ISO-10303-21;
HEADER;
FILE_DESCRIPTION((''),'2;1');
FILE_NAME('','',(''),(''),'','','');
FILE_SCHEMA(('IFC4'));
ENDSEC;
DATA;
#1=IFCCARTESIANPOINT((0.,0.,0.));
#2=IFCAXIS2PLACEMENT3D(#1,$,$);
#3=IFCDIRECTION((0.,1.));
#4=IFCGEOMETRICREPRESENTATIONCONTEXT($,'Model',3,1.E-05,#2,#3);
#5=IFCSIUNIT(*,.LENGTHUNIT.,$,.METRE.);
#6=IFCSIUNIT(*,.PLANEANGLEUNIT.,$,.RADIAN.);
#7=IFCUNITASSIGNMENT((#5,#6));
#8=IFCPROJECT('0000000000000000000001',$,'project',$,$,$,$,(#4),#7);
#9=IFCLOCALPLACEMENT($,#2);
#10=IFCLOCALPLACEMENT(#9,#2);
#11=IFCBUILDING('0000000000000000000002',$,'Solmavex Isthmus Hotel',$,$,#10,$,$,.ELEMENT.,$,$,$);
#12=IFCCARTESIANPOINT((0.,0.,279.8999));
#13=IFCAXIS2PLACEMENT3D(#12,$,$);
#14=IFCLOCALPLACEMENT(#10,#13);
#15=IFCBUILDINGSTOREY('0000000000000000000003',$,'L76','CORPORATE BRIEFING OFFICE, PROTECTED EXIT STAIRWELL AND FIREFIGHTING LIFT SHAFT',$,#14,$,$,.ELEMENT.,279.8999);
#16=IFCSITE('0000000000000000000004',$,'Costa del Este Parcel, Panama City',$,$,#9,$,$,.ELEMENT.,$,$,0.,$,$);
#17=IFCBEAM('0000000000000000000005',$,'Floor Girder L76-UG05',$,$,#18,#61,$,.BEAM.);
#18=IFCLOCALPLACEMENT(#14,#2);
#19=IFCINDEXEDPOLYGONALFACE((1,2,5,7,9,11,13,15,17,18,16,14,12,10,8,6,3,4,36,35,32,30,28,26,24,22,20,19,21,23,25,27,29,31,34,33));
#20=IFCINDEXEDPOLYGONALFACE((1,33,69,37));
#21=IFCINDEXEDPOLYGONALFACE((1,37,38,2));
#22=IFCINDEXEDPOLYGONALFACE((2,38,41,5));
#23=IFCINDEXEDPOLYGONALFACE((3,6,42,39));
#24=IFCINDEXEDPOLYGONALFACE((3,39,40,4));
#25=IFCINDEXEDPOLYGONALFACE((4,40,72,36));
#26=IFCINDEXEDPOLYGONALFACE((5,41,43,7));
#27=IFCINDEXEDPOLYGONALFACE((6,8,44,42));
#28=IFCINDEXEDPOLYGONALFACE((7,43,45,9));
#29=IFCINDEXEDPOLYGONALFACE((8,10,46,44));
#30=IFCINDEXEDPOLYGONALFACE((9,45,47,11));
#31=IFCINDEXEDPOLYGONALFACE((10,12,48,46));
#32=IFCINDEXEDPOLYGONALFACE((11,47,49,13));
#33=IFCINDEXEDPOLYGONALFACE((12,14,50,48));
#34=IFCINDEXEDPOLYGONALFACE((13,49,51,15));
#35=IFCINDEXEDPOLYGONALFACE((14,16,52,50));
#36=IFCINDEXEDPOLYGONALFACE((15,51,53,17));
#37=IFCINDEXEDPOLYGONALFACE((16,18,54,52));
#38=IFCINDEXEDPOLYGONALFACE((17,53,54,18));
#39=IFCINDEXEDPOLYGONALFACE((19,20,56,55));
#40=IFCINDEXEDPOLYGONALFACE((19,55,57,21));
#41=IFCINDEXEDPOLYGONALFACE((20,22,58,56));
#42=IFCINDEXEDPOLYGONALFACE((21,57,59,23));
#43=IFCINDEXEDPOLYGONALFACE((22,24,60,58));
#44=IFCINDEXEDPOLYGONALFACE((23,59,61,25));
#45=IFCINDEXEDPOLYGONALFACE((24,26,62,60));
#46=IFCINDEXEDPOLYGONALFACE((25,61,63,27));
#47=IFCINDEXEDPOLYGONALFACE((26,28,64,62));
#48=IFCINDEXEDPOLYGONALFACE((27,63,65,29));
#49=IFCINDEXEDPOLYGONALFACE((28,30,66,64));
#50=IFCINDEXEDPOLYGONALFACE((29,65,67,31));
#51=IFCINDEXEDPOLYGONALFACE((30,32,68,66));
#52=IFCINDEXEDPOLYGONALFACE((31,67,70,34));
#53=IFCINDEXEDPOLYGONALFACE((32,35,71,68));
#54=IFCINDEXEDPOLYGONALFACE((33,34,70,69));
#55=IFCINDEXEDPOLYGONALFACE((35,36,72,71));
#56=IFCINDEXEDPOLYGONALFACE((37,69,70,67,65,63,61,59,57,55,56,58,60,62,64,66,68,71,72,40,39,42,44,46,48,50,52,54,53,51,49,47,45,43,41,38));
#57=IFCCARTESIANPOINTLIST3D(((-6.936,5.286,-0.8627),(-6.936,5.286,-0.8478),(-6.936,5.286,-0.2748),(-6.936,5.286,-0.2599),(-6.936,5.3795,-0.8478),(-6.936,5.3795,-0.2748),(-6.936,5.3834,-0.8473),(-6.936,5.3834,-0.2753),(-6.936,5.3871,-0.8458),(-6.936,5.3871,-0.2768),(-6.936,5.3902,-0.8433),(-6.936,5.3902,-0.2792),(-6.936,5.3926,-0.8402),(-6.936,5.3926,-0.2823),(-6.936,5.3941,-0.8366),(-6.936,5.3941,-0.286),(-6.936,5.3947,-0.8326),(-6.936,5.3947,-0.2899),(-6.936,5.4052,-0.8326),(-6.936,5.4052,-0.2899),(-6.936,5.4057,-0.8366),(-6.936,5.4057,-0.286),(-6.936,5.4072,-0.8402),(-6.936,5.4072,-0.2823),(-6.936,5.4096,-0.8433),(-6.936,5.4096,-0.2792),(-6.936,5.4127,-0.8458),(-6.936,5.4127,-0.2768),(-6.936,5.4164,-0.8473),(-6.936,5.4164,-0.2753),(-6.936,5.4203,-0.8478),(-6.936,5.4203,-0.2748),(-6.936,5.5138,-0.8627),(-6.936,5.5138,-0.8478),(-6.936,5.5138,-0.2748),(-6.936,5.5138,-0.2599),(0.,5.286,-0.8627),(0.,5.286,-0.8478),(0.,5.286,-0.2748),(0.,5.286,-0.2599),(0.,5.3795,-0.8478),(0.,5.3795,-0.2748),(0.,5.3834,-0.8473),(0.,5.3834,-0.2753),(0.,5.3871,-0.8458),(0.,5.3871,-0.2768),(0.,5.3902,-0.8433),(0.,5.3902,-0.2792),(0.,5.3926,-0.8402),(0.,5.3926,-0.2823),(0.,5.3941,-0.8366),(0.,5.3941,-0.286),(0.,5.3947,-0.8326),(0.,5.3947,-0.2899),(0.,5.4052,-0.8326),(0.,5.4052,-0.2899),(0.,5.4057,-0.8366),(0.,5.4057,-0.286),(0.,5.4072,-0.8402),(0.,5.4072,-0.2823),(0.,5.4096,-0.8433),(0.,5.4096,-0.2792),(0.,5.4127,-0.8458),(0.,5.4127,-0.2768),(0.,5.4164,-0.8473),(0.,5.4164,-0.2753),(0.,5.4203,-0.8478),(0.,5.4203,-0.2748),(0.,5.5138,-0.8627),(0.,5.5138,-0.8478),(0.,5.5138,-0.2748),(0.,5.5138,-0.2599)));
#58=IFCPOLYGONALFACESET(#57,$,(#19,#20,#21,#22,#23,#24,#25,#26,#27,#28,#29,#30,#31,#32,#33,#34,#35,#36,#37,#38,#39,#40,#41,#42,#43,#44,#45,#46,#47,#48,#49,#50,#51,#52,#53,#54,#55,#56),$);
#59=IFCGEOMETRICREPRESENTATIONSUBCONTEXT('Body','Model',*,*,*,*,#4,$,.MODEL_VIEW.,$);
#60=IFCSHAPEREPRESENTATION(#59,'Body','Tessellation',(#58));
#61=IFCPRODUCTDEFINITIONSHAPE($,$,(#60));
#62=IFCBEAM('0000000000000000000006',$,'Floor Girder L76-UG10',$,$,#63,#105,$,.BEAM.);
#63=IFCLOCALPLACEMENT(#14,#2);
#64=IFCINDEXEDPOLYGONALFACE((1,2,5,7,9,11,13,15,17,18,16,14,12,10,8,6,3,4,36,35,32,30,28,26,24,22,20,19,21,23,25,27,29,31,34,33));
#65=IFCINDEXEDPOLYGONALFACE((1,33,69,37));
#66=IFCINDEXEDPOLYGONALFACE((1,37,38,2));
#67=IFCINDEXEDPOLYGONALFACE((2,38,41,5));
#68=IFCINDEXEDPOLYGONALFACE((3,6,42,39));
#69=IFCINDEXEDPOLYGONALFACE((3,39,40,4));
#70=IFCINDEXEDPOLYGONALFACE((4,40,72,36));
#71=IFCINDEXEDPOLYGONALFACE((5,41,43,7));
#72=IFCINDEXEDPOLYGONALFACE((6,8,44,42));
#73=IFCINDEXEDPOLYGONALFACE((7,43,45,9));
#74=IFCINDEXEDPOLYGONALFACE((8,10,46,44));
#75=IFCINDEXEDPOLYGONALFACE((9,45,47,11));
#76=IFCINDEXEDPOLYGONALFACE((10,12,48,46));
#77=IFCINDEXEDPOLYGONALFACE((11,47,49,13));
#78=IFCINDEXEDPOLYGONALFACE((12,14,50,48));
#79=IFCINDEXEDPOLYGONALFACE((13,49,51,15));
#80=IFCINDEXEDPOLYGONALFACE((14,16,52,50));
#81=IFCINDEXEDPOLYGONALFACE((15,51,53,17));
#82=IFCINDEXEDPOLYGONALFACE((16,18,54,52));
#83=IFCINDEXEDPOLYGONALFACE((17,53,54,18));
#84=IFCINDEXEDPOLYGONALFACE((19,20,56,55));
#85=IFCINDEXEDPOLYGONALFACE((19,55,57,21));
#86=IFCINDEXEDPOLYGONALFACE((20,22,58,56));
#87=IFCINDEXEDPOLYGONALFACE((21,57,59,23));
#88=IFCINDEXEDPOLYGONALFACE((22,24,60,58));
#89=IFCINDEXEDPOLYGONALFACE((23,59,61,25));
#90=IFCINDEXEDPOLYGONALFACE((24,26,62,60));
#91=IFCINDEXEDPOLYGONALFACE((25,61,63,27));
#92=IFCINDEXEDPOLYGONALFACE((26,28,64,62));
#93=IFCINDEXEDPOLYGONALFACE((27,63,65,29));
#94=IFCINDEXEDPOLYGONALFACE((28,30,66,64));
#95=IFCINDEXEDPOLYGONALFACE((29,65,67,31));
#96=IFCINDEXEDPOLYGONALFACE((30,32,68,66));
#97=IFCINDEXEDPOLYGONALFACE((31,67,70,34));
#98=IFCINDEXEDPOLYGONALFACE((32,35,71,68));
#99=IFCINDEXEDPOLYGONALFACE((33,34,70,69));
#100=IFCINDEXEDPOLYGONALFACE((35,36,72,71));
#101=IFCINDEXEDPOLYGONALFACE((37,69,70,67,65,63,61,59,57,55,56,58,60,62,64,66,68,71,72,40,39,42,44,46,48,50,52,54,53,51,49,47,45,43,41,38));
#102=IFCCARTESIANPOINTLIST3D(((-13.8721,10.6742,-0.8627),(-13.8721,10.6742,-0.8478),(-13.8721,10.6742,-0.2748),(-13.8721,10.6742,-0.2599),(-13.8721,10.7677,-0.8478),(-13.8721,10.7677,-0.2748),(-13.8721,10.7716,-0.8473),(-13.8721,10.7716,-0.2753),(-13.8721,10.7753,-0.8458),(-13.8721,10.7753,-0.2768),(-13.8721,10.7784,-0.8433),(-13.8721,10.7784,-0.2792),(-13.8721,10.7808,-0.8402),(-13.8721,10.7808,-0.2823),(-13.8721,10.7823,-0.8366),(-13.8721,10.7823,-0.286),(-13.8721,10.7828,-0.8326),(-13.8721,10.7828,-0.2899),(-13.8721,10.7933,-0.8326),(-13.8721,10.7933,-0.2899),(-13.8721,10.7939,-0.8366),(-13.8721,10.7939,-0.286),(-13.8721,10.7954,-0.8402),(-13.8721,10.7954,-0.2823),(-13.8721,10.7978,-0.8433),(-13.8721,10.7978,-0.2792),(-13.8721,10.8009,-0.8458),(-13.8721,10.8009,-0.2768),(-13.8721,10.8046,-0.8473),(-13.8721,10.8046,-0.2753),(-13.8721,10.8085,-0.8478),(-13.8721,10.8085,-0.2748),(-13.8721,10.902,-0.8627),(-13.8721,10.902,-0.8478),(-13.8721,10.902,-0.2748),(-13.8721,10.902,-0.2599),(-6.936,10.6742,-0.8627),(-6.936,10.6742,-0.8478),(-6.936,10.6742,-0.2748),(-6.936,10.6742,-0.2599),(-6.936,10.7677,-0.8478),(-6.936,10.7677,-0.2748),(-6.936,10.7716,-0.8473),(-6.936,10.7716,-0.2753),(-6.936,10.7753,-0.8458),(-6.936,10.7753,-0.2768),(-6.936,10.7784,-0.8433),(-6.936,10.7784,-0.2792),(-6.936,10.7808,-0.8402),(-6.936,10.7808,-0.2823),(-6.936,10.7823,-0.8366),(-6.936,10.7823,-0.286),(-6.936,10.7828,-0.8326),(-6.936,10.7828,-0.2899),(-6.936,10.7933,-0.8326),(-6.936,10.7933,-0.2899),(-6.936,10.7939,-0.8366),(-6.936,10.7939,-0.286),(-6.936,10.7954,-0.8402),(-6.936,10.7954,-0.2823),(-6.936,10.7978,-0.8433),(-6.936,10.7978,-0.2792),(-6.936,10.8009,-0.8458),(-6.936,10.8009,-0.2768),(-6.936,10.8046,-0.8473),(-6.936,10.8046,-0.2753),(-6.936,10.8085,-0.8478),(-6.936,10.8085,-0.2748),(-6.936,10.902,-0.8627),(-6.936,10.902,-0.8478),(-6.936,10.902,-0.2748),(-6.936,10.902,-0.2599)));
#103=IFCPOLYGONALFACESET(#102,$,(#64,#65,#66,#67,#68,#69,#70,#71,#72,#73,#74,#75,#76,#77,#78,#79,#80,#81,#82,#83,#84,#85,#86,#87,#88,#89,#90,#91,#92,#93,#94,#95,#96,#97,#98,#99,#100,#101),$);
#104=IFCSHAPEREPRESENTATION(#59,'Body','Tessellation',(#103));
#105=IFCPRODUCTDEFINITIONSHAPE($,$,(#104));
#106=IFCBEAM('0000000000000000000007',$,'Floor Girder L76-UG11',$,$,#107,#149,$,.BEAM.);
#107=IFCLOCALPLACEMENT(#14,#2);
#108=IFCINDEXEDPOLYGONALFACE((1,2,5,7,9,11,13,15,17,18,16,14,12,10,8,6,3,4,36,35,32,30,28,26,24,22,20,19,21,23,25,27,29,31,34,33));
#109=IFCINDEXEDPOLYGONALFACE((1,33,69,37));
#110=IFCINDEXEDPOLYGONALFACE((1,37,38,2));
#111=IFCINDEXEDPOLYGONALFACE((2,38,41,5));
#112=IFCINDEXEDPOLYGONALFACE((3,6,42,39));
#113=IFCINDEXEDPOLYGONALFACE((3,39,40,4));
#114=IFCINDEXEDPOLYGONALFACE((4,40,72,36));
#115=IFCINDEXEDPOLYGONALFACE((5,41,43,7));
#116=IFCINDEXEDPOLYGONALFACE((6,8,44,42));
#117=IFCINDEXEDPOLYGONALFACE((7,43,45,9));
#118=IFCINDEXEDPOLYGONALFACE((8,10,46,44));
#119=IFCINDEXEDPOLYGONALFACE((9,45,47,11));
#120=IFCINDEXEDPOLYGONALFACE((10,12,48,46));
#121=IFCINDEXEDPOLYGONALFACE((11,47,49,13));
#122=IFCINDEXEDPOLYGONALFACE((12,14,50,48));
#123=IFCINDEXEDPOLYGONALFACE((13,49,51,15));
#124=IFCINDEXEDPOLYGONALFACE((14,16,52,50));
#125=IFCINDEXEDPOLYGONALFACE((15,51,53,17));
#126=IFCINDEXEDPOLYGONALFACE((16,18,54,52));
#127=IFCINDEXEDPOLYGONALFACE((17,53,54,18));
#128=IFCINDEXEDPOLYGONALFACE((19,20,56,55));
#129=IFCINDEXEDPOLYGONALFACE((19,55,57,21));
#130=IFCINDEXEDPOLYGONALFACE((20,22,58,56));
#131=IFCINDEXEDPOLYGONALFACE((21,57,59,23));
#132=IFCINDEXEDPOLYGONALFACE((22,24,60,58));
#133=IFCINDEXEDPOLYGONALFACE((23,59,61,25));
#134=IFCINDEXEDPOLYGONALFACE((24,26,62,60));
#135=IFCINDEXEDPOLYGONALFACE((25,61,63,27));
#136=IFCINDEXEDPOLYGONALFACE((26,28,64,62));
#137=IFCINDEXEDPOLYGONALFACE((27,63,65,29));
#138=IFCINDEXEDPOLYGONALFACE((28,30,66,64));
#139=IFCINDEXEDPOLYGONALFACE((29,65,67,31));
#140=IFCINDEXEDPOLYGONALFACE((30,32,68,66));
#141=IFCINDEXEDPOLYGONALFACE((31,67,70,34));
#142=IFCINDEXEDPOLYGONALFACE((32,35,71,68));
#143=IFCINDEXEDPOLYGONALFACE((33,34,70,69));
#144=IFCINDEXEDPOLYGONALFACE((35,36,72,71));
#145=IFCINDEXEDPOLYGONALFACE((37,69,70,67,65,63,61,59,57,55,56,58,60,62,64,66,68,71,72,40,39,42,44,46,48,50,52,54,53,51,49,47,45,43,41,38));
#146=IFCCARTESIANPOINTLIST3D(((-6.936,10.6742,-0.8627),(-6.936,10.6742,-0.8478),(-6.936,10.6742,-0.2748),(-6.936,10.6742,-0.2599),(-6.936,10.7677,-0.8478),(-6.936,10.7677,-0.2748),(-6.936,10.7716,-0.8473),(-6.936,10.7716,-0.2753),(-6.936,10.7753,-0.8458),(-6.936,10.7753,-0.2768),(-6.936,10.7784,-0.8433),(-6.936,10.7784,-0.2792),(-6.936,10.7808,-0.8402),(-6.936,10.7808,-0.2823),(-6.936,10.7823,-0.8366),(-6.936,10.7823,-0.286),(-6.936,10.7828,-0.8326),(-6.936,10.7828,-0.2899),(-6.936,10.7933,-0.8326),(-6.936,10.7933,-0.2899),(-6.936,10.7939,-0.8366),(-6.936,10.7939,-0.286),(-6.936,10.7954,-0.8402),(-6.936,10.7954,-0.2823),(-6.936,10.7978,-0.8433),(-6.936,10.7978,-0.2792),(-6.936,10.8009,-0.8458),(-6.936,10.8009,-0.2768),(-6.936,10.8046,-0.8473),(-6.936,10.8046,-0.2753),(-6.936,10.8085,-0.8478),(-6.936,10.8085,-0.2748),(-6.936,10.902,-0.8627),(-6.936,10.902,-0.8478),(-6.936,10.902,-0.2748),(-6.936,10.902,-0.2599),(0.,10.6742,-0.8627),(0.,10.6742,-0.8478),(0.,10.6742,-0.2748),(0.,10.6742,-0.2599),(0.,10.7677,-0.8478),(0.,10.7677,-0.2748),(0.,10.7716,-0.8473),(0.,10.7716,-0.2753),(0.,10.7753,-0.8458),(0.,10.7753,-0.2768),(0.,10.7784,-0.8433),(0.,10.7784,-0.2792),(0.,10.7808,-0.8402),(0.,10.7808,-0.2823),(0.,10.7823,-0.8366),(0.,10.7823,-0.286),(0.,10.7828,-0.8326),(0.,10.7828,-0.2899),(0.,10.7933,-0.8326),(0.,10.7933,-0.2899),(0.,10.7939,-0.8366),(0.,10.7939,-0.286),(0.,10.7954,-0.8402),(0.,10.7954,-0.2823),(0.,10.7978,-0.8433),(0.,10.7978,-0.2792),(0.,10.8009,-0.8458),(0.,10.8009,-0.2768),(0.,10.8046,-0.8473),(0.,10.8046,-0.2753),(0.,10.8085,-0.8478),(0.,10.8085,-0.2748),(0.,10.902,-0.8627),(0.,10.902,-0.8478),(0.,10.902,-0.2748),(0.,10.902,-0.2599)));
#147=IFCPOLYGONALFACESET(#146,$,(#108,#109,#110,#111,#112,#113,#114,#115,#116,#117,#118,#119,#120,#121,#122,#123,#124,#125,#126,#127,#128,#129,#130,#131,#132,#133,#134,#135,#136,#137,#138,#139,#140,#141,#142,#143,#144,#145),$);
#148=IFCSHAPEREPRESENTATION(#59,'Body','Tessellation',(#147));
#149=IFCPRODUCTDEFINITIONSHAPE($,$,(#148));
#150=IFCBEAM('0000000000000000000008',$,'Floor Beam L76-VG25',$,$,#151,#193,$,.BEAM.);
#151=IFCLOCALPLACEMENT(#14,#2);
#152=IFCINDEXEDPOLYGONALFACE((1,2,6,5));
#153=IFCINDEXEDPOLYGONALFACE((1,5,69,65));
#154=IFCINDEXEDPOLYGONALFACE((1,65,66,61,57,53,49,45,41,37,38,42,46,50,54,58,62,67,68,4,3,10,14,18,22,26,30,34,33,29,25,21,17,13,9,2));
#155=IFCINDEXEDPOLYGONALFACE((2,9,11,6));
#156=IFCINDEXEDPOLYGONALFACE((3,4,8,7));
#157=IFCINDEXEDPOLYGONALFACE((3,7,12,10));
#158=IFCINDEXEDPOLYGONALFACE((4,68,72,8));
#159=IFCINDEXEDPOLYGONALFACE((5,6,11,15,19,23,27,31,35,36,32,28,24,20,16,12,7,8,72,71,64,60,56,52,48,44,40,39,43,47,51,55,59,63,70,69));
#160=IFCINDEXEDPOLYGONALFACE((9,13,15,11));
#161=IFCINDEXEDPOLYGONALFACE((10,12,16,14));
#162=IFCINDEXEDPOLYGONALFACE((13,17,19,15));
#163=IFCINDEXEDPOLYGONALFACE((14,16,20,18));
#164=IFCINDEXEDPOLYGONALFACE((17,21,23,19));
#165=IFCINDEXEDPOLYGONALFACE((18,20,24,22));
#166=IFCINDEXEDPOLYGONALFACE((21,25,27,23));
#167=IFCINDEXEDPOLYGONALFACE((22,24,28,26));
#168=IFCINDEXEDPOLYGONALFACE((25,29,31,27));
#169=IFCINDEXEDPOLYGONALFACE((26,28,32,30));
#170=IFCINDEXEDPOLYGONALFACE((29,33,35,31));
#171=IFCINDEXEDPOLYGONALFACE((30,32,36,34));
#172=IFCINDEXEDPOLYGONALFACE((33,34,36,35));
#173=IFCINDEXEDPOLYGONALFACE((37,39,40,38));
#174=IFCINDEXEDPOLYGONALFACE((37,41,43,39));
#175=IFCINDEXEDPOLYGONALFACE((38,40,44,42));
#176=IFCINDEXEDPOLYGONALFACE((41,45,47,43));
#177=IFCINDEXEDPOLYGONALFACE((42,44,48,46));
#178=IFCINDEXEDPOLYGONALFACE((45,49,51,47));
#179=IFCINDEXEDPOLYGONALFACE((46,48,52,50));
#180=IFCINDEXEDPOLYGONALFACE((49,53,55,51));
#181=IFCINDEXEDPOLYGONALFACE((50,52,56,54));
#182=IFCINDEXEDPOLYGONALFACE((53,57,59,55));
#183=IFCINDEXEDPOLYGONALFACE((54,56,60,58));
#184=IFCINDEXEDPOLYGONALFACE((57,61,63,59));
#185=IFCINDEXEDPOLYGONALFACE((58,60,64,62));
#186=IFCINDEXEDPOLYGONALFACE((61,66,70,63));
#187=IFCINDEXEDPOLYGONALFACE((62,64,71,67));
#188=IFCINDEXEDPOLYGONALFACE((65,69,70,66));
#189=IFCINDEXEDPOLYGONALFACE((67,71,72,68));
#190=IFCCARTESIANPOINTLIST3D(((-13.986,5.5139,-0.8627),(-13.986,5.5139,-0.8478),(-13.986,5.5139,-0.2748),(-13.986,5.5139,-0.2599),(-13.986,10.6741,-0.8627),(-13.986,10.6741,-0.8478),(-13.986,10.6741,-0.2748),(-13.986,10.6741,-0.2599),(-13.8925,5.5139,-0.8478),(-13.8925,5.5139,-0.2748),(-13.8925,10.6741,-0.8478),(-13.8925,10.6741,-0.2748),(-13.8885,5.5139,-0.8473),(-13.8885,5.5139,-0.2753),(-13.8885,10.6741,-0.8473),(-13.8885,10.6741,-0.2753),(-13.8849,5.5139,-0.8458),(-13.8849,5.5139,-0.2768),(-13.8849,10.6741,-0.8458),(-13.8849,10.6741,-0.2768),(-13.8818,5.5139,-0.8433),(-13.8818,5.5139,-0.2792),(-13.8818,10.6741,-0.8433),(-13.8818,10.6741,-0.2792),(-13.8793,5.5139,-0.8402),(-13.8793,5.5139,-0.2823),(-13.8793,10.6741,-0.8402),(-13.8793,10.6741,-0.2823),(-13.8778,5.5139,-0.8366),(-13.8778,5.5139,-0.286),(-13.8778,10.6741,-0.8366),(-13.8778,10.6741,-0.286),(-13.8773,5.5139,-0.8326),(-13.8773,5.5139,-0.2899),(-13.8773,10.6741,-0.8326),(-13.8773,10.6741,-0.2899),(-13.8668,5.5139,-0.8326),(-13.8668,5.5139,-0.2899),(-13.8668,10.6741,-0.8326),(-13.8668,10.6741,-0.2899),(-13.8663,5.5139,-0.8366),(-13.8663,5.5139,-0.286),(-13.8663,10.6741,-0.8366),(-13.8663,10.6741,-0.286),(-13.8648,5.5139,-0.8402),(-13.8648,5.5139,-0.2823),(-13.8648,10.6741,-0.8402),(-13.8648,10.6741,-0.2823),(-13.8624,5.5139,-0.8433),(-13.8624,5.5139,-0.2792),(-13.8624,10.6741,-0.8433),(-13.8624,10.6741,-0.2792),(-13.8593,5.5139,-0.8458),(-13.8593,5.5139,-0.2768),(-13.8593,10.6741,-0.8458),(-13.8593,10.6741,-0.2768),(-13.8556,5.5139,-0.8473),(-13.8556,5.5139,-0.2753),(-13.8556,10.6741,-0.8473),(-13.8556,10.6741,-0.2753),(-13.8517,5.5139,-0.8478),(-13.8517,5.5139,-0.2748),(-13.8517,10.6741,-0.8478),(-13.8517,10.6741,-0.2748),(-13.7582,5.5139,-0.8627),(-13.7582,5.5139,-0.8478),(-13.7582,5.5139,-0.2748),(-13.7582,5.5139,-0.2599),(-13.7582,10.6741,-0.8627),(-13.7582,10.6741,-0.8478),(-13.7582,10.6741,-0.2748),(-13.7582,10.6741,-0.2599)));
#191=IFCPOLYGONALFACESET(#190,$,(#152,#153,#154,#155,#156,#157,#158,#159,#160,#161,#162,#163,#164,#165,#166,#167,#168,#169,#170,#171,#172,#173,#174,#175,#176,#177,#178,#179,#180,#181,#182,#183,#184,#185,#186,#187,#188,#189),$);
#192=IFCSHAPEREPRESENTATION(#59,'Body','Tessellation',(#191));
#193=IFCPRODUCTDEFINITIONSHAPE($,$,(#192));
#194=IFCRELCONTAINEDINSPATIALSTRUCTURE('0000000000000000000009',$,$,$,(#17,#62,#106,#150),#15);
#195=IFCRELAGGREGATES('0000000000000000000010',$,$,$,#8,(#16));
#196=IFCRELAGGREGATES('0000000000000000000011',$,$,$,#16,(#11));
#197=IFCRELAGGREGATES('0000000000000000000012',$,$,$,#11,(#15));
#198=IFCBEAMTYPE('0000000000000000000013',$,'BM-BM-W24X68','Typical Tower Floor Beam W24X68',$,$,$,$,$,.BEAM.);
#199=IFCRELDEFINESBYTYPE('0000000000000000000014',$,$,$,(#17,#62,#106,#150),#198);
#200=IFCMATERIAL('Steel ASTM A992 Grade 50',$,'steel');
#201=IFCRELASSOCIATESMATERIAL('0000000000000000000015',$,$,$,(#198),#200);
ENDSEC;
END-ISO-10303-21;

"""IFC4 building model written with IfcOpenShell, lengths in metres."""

from ifc_helpers import new_model, si_unit, direction, frame, origin, origin_2d, place, context, subcontext, project, spatial, i_section, extrude, material, material_profile, profile_set, type_object, element, save


model = new_model("IFC4")

# Units and contexts
model_context = context("Model", 3, precision=1e-05, world=origin(), true_north=direction((0.0, 1.0)))
body_context = subcontext(model_context, "Body", "Model", "MODEL_VIEW")
ifc_project = project(units=[si_unit("LENGTHUNIT", "METRE"), si_unit("PLANEANGLEUNIT", "RADIAN")], contexts=[model_context])

# Site, building, storey
site_placement = place(None, origin())
site = spatial("IfcSite", under=ifc_project, at=site_placement, Name="Costa del Este Parcel, Panama City", CompositionType="ELEMENT", RefElevation=0.0)
building_placement = place(site_placement, origin())
building = spatial("IfcBuilding", under=site, at=building_placement, Name="Solmavex Isthmus Hotel", CompositionType="ELEMENT")
storey_placement = place(building_placement, frame((0.0, 0.0, 279.8999)))
storey = spatial("IfcBuildingStorey", under=building, at=storey_placement, Name="L76", Description="CORPORATE BRIEFING OFFICE, PROTECTED EXIT STAIRWELL AND FIREFIGHTING LIFT SHAFT", CompositionType="ELEMENT", Elevation=279.8999)

# Beams
ifc_material_1 = material(Name="Steel ASTM A992 Grade 50", Category="steel")
ifc_material_profile_1 = material_profile(ifc_material_1, i_section(OverallWidth=0.2278, OverallDepth=0.6028, WebThickness=0.0105, FlangeThickness=0.0149, FilletRadius=0.0151, at=origin_2d()), Name="W24X68")
ifc_profile_set_1 = profile_set([ifc_material_profile_1], Name="Steel ASTM A992 Grade 50")
beam_type_1 = type_object("IfcBeamType", Name="BM-BM-W24X68", Description="Typical Tower Floor Beam W24X68", PredefinedType="BEAM", material=ifc_profile_set_1)
for number, where, z_axis, x_axis, name in (
    (1, (-6.936, 5.3999, -0.5613), (1.0, 0.0, 0.0), (0.0, 1.0, 0.0), "Floor Girder L76-UG05"),
    (2, (-13.8721, 10.7881, -0.5613), (1.0, 0.0, 0.0), (0.0, 1.0, 0.0), "Floor Girder L76-UG10"),
    (3, (-6.936, 10.7881, -0.5613), (1.0, 0.0, 0.0), (0.0, 1.0, 0.0), "Floor Girder L76-UG11"),
):
    element("IfcBeam", number, at=place(storey_placement, frame(where, z_axis=z_axis, x_axis=x_axis)), inside=storey, type_object=beam_type_1, Name=name, PredefinedType="BEAM", context=body_context, shape_type="SweptSolid", body=[
        extrude(i_section(OverallWidth=0.2278, OverallDepth=0.6028, WebThickness=0.0105, FlangeThickness=0.0149, FilletRadius=0.0151, at=origin_2d()), origin(), (0.0, 0.0, 1.0), 6.936),
    ])
beam_1_placement = place(storey_placement, frame((-13.8721, 5.5139, -0.5613), z_axis=(0.0, 1.0, 0.0), x_axis=(-1.0, 0.0, 0.0)))
element("IfcBeam", 4, at=beam_1_placement, inside=storey, type_object=beam_type_1, Name="Floor Beam L76-VG25", PredefinedType="BEAM", context=body_context, shape_type="SweptSolid", body=[
    extrude(i_section(OverallWidth=0.2278, OverallDepth=0.6028, WebThickness=0.0105, FlangeThickness=0.0149, FilletRadius=0.0151, at=origin_2d()), origin(), (0.0, 0.0, 1.0), 5.1602),
])

save(model, "model.ifc")
